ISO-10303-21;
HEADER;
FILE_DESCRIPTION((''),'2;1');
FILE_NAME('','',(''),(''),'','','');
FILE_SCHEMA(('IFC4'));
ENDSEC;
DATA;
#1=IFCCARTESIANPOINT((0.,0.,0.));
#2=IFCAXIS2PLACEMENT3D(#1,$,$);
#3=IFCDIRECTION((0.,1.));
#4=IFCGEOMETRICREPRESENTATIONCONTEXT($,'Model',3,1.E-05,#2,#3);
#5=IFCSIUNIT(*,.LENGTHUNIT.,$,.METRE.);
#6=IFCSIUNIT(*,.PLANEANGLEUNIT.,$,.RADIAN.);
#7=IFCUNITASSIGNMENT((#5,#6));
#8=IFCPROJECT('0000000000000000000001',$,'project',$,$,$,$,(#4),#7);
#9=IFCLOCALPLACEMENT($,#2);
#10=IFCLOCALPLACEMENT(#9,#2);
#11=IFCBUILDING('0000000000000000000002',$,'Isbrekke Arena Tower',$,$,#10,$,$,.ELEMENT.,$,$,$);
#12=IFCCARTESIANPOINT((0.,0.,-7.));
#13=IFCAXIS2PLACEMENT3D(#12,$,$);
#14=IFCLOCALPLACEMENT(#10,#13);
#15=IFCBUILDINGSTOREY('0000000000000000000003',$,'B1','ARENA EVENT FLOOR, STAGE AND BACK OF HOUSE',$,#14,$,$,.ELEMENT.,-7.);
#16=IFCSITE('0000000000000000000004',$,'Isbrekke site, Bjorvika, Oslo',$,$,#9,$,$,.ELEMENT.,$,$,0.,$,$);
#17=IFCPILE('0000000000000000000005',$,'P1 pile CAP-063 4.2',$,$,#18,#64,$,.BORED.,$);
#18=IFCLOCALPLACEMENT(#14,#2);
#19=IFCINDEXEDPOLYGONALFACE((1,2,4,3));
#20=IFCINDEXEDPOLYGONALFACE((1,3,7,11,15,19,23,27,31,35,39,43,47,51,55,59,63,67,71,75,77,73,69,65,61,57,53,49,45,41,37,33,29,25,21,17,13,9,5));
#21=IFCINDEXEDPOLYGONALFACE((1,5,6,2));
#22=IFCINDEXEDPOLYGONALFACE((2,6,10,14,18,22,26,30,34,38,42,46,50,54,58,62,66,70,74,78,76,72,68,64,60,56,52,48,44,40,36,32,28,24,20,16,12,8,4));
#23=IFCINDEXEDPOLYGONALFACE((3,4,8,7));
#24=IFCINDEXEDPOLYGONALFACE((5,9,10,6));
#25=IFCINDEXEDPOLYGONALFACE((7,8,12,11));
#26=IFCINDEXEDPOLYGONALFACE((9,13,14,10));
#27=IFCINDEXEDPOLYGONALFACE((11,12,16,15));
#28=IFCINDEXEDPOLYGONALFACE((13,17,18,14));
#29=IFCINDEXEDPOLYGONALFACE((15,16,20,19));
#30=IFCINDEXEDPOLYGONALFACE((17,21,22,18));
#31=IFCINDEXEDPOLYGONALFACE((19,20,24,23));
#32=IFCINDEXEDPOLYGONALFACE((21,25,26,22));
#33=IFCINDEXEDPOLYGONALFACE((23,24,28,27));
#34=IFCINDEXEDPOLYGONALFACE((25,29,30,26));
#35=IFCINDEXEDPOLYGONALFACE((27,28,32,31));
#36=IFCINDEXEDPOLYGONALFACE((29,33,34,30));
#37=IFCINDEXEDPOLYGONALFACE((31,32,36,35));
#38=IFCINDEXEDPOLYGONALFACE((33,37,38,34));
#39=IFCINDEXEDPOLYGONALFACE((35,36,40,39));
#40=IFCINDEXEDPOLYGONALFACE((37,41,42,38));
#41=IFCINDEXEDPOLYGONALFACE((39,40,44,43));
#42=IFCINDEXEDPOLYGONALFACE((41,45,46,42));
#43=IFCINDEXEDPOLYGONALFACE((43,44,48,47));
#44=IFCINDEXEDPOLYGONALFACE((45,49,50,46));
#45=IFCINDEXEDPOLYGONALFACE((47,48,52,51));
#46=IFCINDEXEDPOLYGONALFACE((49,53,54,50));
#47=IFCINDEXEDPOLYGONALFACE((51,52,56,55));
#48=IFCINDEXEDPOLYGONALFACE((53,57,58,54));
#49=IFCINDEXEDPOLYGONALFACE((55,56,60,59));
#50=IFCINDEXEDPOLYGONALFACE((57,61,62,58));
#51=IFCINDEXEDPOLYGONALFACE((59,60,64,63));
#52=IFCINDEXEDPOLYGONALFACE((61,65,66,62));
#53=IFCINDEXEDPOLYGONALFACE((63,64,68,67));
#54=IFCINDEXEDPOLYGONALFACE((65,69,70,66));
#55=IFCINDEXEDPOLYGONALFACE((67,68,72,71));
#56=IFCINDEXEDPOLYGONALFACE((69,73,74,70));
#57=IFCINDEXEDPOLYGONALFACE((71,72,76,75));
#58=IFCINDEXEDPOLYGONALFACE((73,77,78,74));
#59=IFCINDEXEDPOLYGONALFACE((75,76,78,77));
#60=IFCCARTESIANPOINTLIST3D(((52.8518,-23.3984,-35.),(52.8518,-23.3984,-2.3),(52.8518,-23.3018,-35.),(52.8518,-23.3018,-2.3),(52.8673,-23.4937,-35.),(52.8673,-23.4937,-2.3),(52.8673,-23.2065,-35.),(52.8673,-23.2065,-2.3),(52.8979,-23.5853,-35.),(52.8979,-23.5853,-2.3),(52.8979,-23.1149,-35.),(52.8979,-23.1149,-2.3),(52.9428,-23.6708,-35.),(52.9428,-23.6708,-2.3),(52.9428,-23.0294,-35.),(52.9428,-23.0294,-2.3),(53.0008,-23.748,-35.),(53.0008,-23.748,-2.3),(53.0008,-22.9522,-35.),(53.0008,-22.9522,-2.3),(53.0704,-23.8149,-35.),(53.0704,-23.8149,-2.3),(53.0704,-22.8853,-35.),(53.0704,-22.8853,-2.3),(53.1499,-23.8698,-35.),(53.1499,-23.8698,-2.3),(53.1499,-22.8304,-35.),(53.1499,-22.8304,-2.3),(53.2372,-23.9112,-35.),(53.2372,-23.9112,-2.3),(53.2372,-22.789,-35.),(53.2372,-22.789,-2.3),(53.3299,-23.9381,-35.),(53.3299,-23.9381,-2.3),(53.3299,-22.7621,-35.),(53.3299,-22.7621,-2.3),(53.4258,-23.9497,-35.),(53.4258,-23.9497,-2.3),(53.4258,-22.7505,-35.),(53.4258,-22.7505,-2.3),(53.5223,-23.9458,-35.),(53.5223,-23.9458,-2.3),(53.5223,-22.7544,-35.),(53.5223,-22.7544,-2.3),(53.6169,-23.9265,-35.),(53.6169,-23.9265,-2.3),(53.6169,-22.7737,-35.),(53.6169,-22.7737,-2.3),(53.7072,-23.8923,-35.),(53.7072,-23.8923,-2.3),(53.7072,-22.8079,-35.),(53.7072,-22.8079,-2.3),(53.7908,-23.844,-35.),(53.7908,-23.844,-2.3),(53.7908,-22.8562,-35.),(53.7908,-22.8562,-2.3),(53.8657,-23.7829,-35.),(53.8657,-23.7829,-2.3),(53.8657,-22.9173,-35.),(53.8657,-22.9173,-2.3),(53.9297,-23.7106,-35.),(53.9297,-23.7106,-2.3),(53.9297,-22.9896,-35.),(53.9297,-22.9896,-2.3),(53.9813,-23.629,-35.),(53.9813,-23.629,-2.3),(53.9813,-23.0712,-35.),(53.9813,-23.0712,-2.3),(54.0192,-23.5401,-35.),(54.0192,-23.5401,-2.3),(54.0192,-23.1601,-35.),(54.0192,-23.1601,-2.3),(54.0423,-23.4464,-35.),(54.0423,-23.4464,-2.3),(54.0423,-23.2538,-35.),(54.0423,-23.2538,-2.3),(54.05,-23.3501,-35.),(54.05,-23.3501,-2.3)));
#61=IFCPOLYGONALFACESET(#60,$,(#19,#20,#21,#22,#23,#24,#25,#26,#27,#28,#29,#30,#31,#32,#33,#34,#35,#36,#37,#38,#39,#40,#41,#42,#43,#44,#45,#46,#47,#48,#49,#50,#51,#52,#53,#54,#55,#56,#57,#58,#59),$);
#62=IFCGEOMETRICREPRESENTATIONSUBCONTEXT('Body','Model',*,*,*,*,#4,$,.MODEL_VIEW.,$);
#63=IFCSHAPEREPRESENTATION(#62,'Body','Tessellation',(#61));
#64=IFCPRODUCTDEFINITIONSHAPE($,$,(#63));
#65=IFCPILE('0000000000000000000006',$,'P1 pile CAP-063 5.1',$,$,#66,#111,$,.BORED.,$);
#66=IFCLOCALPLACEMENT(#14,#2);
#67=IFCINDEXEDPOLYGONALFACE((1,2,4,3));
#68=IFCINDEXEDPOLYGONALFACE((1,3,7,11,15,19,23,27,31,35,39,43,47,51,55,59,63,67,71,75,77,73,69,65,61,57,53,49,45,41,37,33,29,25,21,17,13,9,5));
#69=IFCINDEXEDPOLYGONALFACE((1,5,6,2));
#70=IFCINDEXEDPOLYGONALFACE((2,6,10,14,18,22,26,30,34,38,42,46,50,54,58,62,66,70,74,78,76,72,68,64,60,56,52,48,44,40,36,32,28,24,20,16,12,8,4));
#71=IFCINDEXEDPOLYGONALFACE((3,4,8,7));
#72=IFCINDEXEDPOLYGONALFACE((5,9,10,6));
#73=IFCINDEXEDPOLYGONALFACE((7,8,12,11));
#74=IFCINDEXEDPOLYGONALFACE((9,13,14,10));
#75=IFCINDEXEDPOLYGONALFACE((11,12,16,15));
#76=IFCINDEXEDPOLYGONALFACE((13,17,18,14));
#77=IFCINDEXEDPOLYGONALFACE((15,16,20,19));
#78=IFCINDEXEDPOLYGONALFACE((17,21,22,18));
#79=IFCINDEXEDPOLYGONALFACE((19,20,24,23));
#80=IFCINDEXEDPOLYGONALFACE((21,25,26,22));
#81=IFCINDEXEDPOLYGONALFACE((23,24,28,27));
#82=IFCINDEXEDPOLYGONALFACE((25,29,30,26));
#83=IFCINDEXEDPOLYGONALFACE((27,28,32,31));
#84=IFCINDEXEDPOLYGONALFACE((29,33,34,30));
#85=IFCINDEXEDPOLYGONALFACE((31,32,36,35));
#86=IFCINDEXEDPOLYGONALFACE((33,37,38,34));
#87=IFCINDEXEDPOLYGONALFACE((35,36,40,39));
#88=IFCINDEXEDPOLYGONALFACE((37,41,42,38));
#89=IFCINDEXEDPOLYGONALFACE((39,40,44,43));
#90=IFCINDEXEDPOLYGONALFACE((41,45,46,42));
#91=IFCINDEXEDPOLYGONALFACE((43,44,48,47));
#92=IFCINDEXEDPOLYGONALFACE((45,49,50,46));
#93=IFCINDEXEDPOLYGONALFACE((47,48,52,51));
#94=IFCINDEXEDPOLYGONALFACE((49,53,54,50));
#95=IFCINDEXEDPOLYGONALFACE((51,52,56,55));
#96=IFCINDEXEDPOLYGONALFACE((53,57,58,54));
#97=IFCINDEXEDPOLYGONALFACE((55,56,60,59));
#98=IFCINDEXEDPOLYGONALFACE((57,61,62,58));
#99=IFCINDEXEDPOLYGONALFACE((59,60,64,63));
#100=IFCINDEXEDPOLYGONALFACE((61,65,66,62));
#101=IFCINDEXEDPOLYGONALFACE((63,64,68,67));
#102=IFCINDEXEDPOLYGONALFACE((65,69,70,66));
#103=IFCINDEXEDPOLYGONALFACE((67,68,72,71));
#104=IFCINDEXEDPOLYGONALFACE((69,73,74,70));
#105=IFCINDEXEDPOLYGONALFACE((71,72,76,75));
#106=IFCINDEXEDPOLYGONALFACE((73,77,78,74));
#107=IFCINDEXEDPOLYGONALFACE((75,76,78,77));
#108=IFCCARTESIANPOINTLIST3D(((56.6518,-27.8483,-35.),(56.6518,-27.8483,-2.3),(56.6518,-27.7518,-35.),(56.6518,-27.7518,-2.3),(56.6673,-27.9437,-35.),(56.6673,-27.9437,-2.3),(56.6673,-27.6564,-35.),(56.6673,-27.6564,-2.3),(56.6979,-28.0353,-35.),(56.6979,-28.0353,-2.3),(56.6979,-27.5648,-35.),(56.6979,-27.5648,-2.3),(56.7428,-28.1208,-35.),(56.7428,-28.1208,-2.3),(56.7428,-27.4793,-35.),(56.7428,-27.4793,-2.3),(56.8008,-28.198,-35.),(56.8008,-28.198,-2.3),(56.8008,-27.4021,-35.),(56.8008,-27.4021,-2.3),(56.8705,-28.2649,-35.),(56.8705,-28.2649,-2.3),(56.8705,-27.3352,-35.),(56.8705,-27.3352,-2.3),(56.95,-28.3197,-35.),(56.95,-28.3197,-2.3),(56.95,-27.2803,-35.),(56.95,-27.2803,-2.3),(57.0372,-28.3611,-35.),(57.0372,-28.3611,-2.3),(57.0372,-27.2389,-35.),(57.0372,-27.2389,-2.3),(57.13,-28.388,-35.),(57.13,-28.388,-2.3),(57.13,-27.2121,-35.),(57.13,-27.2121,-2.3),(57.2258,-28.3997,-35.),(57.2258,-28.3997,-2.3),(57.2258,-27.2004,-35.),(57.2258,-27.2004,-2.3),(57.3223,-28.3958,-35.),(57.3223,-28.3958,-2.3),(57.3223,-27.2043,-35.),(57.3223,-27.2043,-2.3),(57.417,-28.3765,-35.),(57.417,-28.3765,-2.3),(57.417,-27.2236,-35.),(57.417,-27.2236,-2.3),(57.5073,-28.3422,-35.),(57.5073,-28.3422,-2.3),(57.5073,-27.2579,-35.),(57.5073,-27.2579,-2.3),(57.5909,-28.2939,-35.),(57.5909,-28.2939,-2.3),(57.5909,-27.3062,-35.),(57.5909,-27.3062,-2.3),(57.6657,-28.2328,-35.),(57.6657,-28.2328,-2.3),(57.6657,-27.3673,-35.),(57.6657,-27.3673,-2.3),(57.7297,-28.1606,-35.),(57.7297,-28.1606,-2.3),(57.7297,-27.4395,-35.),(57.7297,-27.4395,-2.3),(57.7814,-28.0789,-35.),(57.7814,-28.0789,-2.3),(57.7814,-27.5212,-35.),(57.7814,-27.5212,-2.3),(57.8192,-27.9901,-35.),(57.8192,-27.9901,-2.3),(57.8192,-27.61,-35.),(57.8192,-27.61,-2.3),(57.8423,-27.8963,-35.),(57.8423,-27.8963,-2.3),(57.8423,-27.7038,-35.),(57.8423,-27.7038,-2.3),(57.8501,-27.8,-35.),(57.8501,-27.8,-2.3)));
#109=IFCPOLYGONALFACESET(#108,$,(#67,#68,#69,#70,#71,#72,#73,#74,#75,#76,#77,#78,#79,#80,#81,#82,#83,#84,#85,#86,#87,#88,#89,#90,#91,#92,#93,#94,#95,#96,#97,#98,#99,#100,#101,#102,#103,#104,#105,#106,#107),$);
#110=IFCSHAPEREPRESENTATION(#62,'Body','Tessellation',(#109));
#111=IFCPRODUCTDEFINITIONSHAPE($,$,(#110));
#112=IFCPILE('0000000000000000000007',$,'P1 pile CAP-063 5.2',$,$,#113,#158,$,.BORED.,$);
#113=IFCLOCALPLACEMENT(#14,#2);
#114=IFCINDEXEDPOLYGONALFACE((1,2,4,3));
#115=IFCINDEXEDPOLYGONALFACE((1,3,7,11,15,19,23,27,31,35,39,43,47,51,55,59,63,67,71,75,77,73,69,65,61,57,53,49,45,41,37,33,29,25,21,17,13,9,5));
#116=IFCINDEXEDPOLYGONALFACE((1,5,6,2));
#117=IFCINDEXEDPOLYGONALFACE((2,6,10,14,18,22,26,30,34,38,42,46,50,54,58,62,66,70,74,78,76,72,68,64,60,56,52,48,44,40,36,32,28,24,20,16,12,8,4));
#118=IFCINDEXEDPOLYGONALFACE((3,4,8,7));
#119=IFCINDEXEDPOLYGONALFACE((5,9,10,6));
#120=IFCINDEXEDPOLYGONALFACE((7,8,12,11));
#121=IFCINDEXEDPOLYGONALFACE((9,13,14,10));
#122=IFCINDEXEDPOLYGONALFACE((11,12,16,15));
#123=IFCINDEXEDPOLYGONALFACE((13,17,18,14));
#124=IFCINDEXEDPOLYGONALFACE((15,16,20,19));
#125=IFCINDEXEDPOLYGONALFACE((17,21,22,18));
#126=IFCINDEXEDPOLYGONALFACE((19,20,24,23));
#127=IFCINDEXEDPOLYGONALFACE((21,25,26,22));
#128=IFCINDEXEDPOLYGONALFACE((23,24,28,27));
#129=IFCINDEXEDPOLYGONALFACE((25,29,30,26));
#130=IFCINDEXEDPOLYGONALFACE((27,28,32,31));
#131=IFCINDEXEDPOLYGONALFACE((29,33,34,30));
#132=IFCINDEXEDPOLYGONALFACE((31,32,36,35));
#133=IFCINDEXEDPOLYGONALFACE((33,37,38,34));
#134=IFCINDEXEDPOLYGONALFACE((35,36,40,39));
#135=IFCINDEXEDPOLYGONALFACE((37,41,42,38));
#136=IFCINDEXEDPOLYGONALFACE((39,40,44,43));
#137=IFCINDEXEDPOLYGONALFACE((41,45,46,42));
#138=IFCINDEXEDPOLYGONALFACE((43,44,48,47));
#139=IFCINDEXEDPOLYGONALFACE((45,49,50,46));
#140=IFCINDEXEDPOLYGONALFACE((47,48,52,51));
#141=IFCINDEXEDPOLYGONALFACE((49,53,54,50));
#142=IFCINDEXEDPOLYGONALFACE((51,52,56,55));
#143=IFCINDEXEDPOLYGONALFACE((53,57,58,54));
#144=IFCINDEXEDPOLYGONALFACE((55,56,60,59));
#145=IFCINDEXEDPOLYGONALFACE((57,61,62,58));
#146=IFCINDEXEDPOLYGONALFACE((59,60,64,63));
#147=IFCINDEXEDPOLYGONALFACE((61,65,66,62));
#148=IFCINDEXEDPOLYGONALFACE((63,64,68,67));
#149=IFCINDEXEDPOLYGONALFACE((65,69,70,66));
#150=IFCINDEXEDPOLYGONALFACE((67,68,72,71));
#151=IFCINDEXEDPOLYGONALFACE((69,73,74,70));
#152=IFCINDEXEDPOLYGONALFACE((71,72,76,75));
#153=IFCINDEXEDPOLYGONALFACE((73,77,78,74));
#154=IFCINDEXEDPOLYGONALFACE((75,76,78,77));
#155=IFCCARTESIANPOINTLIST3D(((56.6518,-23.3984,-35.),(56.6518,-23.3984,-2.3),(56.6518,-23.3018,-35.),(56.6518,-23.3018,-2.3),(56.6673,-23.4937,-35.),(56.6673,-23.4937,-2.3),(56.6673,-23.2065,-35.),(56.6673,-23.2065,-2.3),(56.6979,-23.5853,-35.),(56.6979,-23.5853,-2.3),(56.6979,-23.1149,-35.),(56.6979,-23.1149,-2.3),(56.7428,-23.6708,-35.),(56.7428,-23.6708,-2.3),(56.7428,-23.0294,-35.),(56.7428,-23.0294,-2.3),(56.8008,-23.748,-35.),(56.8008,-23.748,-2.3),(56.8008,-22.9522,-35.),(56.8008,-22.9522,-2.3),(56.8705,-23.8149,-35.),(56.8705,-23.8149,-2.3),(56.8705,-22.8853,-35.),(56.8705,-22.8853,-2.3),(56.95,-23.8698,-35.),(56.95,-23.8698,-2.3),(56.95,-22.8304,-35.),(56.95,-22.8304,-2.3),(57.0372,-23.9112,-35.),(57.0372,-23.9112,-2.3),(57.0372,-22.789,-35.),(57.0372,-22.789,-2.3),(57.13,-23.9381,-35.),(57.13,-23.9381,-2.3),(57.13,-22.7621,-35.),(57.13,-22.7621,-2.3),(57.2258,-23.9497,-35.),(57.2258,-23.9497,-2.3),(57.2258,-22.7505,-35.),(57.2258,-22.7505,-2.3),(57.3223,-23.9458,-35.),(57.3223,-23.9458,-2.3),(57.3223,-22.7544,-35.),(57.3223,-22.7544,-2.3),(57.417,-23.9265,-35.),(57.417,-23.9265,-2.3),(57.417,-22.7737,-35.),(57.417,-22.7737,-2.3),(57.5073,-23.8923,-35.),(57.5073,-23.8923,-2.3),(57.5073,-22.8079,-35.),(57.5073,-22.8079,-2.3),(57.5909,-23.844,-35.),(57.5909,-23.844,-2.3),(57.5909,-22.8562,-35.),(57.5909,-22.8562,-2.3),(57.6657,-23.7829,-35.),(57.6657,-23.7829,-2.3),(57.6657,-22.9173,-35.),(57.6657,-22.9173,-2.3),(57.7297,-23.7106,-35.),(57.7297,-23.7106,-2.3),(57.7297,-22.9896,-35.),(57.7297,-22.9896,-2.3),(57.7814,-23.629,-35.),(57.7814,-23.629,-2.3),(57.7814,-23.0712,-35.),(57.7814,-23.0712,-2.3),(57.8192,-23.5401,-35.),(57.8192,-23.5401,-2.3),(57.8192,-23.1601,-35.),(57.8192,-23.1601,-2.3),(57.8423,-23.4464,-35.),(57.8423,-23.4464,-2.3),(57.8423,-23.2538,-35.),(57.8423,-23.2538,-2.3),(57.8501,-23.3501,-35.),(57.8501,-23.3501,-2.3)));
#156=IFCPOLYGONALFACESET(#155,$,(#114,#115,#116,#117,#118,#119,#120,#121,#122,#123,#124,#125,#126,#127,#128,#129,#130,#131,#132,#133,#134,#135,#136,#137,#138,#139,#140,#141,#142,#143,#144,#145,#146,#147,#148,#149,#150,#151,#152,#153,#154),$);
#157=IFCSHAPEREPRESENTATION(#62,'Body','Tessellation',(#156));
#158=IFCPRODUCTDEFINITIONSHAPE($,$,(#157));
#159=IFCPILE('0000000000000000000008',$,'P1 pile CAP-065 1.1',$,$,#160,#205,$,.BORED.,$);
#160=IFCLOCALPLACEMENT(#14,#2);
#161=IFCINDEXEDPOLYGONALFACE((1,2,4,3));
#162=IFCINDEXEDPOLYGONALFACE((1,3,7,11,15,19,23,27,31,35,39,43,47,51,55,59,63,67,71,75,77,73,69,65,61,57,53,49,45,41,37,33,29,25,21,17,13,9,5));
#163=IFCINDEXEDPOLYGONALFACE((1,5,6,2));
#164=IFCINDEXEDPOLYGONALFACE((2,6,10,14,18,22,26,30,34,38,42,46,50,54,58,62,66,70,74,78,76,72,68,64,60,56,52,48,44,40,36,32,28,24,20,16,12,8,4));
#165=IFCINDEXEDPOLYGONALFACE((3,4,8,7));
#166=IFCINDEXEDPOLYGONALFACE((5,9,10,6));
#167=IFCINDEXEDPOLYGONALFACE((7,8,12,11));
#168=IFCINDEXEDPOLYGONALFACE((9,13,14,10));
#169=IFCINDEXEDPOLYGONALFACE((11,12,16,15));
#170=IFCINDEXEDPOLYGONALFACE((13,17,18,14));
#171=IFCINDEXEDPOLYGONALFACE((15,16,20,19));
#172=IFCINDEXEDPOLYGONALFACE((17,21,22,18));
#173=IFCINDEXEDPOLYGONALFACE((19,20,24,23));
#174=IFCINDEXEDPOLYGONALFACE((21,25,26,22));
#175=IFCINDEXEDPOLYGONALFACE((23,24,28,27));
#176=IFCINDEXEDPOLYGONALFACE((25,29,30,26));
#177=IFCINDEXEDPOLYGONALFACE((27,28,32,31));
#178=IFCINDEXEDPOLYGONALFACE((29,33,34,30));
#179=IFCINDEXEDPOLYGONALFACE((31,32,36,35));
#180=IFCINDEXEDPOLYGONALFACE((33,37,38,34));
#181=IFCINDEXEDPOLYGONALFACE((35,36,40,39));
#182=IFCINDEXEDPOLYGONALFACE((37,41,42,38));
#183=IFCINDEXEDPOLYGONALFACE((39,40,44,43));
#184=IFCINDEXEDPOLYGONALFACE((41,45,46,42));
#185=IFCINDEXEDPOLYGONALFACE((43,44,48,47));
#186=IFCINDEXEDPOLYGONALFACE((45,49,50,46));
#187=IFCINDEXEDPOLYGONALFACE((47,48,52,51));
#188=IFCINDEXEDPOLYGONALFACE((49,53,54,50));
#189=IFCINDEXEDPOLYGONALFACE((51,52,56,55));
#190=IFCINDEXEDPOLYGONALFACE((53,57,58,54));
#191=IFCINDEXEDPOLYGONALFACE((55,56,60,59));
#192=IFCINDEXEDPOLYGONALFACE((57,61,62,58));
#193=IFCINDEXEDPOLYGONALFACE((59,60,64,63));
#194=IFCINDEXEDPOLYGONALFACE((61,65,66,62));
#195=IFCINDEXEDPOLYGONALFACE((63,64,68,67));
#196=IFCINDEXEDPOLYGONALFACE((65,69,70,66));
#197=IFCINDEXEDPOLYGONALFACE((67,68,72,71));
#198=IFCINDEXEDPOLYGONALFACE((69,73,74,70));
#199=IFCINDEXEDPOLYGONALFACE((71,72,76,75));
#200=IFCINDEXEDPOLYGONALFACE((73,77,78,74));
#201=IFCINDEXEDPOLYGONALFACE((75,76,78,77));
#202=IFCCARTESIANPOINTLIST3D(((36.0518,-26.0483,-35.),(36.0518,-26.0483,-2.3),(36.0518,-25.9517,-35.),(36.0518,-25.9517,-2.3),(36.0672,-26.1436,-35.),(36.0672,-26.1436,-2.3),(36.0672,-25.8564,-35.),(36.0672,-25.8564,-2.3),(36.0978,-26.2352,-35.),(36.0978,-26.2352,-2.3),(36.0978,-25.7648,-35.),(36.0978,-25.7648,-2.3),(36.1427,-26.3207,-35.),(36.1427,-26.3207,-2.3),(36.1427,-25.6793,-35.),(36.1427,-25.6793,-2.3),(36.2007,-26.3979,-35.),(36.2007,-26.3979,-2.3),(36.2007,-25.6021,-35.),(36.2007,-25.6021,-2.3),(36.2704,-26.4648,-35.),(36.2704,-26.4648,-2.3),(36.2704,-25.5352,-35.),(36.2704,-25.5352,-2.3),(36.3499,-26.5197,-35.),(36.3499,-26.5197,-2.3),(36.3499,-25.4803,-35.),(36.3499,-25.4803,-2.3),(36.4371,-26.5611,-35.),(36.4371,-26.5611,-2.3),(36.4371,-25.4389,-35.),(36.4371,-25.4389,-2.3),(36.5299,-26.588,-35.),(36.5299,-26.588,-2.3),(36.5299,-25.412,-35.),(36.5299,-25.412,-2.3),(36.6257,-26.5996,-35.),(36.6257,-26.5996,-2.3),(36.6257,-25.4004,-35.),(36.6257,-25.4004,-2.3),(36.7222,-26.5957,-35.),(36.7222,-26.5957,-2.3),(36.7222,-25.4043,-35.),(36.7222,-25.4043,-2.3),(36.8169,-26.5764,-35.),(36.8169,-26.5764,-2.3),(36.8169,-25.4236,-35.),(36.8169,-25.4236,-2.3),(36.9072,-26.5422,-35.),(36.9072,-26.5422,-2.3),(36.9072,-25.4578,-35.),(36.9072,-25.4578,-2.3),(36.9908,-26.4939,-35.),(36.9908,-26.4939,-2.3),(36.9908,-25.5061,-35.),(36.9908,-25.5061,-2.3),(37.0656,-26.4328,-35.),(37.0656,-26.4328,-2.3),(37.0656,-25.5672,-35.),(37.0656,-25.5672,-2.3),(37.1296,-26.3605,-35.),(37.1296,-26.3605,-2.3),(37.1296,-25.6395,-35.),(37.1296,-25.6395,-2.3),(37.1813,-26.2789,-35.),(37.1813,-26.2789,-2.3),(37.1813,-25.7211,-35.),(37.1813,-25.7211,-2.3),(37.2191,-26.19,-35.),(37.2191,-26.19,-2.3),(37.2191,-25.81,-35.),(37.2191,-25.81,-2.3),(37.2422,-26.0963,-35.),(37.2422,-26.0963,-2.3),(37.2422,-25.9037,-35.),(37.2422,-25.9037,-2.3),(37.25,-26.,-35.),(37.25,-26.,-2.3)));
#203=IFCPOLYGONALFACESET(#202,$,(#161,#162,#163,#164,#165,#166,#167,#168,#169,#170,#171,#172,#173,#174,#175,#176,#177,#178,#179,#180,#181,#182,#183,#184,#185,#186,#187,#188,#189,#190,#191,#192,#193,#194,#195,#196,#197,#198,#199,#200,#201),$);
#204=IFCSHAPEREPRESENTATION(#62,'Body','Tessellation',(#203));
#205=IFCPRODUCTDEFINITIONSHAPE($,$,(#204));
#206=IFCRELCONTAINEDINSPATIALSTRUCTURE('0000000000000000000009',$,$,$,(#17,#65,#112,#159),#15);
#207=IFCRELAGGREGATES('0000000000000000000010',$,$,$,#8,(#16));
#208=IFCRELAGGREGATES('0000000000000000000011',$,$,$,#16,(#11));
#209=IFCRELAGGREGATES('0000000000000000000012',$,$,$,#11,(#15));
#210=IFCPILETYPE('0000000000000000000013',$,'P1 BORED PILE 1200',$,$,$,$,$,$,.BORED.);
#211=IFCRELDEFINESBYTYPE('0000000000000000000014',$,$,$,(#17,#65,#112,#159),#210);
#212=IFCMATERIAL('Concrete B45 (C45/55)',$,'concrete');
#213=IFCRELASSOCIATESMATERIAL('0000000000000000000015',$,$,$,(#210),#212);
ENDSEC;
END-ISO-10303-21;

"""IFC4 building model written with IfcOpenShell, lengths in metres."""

from ifc_helpers import new_model, si_unit, direction, frame, origin, origin_2d, place, context, subcontext, project, spatial, circle, extrude, material, material_profile, profile_set, type_object, element, save


model = new_model("IFC4")

# Units and contexts
model_context = context("Model", 3, precision=1e-05, world=origin(), true_north=direction((0.0, 1.0)))
body_context = subcontext(model_context, "Body", "Model", "MODEL_VIEW")
ifc_project = project(units=[si_unit("LENGTHUNIT", "METRE"), si_unit("PLANEANGLEUNIT", "RADIAN")], contexts=[model_context])

# Site, building, storey
site_placement = place(None, origin())
site = spatial("IfcSite", under=ifc_project, at=site_placement, Name="Isbrekke site, Bjorvika, Oslo", CompositionType="ELEMENT", RefElevation=0.0)
building_placement = place(site_placement, origin())
building = spatial("IfcBuilding", under=site, at=building_placement, Name="Isbrekke Arena Tower", CompositionType="ELEMENT")
storey_placement = place(building_placement, frame((0.0, 0.0, -7.0)))
storey = spatial("IfcBuildingStorey", under=building, at=storey_placement, Name="B1", Description="ARENA EVENT FLOOR, STAGE AND BACK OF HOUSE", CompositionType="ELEMENT", Elevation=-7.0)

# Piles
ifc_material_1 = material(Name="Concrete B45 (C45/55)", Category="concrete")
ifc_material_profile_1 = material_profile(ifc_material_1, circle(Radius=0.6001, at=origin_2d()), Name="BORED PILE D1200")
ifc_profile_set_1 = profile_set([ifc_material_profile_1], Name="Concrete B45 (C45/55)")
pile_type = type_object("IfcPileType", Name="P1 BORED PILE 1200", PredefinedType="BORED", material=ifc_profile_set_1)
for number, where, z_axis, x_axis, name in (
    (1, (53.45, -23.3501, -2.3), (0.0, 0.0, -1.0), (1.0, 0.0, 0.0), "P1 pile CAP-063 4.2"),
    (2, (57.25, -27.8, -2.3), (0.0, 0.0, -1.0), (1.0, 0.0, 0.0), "P1 pile CAP-063 5.1"),
    (3, (57.25, -23.3501, -2.3), (0.0, 0.0, -1.0), (1.0, 0.0, 0.0), "P1 pile CAP-063 5.2"),
    (4, (36.6499, -26.0, -2.3), (0.0, 0.0, -1.0), (1.0, 0.0, 0.0), "P1 pile CAP-065 1.1"),
):
    element("IfcPile", number, at=place(storey_placement, frame(where, z_axis=z_axis, x_axis=x_axis)), inside=storey, type_object=pile_type, Name=name, PredefinedType="BORED", context=body_context, shape_type="SweptSolid", body=[
        extrude(circle(Radius=0.6001, at=origin_2d()), origin(), (0.0, 0.0, 1.0), 32.7),
    ])

save(model, "model.ifc")
